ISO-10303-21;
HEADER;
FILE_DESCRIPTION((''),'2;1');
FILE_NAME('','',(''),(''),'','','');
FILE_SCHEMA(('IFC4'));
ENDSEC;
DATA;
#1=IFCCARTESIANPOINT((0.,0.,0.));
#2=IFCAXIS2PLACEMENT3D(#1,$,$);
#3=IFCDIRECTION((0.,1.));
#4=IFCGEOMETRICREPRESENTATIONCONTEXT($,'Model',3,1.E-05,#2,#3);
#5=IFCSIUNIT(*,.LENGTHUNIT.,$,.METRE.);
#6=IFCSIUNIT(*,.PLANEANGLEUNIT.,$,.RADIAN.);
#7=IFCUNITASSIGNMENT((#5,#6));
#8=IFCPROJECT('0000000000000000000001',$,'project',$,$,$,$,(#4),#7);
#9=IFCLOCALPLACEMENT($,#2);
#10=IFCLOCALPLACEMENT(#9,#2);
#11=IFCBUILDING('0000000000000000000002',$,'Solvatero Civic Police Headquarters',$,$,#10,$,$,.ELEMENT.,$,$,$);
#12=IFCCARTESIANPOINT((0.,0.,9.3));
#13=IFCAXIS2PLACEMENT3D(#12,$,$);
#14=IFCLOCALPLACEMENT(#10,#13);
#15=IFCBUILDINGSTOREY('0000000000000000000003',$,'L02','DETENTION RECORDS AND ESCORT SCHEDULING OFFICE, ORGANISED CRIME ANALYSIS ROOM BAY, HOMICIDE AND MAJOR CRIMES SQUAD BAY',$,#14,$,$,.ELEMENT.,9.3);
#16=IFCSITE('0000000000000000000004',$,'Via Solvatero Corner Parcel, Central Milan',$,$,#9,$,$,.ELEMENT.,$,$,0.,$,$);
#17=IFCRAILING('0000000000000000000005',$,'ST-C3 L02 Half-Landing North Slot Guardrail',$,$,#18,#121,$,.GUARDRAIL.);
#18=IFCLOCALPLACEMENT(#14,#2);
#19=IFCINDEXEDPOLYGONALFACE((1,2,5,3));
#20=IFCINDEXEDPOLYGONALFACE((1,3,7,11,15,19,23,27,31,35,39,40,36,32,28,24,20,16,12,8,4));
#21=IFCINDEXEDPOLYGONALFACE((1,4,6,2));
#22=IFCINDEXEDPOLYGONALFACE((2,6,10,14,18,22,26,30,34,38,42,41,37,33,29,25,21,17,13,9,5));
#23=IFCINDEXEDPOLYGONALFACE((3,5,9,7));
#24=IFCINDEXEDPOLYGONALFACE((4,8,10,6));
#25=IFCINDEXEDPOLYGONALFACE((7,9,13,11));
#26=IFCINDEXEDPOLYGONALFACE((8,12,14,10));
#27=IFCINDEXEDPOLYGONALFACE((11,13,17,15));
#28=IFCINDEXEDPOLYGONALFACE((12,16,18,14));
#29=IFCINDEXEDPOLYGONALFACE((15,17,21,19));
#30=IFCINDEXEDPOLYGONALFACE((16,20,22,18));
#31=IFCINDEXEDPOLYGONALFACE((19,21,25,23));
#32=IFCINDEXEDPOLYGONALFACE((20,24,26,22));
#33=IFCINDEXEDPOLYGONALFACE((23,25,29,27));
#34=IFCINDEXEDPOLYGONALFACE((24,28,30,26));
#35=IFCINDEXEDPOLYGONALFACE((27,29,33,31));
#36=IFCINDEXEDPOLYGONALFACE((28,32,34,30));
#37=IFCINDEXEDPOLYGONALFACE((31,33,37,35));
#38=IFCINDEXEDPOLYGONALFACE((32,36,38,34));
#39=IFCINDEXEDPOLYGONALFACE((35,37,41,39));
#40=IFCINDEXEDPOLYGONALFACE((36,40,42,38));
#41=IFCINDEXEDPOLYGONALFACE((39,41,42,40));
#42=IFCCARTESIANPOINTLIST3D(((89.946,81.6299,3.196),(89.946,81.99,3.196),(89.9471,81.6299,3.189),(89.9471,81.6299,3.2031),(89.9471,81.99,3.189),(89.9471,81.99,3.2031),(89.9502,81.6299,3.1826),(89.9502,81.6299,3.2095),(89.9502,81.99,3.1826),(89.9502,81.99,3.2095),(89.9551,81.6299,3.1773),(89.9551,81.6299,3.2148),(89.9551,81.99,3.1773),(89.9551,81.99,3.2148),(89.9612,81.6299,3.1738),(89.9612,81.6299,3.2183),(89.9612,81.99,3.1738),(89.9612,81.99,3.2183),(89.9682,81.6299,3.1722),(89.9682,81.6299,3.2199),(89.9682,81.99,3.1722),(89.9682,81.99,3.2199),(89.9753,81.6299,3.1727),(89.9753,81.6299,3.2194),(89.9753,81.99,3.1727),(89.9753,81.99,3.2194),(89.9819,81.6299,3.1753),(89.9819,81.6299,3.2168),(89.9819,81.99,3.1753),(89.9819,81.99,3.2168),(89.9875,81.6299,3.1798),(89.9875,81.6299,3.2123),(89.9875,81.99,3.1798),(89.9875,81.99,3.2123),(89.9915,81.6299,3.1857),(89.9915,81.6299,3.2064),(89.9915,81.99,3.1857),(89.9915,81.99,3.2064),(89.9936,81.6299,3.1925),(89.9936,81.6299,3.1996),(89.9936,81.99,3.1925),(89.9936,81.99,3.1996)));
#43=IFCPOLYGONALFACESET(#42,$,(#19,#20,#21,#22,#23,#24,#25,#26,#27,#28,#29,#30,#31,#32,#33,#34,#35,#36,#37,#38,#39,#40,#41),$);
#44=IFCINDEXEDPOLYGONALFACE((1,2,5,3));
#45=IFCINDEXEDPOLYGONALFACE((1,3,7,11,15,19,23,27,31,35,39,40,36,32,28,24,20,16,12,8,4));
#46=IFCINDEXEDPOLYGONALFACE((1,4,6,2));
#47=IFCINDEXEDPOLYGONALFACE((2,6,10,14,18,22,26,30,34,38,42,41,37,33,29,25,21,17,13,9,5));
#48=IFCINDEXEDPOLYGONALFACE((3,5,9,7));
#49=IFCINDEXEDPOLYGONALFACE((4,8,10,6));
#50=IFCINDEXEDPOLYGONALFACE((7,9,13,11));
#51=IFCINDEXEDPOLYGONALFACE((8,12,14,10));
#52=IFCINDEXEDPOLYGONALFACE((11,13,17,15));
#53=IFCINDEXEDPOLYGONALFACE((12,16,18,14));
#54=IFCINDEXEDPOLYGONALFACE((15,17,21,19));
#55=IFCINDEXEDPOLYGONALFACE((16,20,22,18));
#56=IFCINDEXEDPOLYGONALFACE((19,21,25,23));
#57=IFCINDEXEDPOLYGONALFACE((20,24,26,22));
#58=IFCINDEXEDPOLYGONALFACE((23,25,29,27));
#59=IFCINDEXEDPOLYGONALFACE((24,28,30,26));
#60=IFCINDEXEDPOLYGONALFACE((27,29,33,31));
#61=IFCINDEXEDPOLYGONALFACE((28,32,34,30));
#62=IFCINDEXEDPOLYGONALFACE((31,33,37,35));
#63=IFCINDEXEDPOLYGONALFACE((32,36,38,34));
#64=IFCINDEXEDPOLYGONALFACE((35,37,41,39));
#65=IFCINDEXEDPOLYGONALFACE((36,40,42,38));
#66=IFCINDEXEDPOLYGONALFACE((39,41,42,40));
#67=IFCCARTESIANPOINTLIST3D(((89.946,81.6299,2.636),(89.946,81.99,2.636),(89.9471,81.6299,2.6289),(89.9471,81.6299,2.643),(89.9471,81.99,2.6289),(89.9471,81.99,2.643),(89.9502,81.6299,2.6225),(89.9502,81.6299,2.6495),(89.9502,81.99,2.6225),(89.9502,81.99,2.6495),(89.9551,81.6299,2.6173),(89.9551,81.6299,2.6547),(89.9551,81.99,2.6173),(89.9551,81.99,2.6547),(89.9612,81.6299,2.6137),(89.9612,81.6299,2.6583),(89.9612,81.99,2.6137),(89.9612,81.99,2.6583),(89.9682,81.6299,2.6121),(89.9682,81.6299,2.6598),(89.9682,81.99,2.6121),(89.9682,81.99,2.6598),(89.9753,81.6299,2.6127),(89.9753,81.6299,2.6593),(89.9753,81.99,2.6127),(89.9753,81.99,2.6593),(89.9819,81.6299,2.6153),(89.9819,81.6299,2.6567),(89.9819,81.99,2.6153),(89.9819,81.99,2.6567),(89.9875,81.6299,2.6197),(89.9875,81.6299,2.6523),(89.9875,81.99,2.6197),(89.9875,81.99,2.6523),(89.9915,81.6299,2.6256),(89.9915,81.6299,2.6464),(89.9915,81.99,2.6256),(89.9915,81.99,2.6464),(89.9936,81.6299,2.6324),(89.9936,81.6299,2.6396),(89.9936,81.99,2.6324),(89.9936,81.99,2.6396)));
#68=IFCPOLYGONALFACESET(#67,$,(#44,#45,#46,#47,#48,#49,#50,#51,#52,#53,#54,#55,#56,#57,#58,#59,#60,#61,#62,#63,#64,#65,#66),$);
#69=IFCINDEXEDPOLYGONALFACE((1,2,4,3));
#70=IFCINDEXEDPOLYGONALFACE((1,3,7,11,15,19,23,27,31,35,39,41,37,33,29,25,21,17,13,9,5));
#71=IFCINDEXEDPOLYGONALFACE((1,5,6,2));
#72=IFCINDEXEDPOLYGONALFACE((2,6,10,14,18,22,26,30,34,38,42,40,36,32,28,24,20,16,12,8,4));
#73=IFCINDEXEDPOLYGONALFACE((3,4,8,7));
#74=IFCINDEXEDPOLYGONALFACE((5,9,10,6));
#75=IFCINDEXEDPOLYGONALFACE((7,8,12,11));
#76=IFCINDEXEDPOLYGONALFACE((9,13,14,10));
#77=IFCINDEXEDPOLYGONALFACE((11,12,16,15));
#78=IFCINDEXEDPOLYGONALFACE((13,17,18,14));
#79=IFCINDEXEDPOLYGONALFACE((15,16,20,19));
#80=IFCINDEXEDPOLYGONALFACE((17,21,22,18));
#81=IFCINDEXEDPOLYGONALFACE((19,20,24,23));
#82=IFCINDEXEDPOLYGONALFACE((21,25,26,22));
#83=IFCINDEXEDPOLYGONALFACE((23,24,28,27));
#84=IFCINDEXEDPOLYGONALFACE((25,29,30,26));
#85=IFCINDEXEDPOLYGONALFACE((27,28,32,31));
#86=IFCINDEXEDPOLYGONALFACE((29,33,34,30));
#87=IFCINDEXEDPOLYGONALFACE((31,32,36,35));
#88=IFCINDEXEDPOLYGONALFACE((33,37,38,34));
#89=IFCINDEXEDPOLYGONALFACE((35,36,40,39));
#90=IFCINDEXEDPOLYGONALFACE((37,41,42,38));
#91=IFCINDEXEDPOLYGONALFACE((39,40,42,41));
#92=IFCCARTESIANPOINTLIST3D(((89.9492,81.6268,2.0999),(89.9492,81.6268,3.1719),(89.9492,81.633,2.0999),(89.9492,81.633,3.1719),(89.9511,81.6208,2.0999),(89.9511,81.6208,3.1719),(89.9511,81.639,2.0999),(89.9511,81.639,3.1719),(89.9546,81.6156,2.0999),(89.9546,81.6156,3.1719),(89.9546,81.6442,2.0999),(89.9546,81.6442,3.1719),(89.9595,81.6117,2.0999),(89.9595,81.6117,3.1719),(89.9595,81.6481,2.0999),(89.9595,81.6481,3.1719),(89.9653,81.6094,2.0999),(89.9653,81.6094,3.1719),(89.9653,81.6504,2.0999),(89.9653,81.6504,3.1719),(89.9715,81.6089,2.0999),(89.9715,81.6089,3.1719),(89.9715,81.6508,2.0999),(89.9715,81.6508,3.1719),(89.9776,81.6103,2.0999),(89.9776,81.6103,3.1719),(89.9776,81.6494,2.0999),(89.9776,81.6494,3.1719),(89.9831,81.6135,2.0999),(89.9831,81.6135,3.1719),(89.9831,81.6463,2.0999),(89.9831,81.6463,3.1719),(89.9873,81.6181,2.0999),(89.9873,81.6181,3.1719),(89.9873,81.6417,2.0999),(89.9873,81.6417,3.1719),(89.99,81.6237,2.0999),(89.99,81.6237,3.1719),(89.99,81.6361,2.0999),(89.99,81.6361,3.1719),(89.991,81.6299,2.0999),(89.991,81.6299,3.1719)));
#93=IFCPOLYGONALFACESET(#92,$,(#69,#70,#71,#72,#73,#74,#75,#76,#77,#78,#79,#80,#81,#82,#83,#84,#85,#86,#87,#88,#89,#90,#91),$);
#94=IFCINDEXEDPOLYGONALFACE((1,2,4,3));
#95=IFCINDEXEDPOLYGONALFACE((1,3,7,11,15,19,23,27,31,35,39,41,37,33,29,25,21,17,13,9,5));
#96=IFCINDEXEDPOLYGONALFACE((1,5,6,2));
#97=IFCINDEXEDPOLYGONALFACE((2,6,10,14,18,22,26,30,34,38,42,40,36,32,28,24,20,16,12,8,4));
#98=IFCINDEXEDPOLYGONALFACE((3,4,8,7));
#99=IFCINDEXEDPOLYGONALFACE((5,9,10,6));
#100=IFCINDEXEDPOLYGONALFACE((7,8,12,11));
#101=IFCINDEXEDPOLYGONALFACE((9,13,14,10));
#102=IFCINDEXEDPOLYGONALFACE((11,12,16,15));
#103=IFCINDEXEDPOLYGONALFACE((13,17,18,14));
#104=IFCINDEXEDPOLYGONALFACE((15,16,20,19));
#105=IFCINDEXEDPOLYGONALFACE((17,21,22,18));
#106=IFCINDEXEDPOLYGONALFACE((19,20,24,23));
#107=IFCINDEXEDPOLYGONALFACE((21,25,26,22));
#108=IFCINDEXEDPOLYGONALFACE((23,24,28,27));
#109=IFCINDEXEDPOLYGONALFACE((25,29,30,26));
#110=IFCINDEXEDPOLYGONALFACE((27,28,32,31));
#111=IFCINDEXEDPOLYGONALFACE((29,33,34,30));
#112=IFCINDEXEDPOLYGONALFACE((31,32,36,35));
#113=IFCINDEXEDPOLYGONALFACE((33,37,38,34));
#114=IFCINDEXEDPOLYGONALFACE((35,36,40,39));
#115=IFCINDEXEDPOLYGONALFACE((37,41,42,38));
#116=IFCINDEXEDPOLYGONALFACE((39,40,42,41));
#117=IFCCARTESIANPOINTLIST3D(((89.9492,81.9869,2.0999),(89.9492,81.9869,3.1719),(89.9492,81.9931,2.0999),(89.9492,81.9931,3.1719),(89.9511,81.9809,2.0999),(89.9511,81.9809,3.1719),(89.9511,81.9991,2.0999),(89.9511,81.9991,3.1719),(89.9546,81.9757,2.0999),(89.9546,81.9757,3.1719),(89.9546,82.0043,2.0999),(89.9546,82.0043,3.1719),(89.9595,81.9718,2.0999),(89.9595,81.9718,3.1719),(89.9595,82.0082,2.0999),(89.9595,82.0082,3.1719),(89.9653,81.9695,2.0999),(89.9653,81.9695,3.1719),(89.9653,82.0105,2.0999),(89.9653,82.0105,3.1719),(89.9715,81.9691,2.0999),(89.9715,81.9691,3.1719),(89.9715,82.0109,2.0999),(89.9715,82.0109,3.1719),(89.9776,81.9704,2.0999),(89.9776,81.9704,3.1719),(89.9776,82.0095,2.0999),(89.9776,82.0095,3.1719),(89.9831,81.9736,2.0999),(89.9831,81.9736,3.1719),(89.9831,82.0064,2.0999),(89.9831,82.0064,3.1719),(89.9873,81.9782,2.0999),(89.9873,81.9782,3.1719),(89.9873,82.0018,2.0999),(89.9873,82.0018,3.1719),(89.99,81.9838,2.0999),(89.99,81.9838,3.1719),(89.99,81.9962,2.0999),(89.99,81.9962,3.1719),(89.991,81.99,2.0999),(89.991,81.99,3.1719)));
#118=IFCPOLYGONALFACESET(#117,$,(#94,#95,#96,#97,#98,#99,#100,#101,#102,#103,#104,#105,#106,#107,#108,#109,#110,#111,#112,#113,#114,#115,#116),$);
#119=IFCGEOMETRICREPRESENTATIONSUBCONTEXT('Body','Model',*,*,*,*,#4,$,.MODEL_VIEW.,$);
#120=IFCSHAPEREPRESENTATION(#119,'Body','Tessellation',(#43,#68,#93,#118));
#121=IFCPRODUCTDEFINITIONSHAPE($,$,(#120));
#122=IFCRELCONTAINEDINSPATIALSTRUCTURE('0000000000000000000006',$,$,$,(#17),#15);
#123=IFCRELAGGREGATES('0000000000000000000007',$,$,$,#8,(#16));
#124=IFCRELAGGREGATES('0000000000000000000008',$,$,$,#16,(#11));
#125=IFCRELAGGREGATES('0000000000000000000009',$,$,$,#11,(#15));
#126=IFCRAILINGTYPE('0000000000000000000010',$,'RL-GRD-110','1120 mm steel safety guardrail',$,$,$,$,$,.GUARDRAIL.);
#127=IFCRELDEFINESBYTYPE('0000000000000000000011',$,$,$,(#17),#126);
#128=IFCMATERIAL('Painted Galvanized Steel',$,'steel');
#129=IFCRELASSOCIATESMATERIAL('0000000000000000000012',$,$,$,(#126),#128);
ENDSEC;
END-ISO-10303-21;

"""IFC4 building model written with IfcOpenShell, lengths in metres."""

from ifc_helpers import new_model, si_unit, direction, frame, origin, origin_2d, place, context, subcontext, project, spatial, circle, extrude, material, type_object, element, save


model = new_model("IFC4")

# Units and contexts
model_context = context("Model", 3, precision=1e-05, world=origin(), true_north=direction((0.0, 1.0)))
body_context = subcontext(model_context, "Body", "Model", "MODEL_VIEW")
ifc_project = project(units=[si_unit("LENGTHUNIT", "METRE"), si_unit("PLANEANGLEUNIT", "RADIAN")], contexts=[model_context])

# Site, building, storey
site_placement = place(None, origin())
site = spatial("IfcSite", under=ifc_project, at=site_placement, Name="Via Solvatero Corner Parcel, Central Milan", CompositionType="ELEMENT", RefElevation=0.0)
building_placement = place(site_placement, origin())
building = spatial("IfcBuilding", under=site, at=building_placement, Name="Solvatero Civic Police Headquarters", CompositionType="ELEMENT")
storey_placement = place(building_placement, frame((0.0, 0.0, 9.3)))
storey = spatial("IfcBuildingStorey", under=building, at=storey_placement, Name="L02", Description="DETENTION RECORDS AND ESCORT SCHEDULING OFFICE, ORGANISED CRIME ANALYSIS ROOM BAY, HOMICIDE AND MAJOR CRIMES SQUAD BAY", CompositionType="ELEMENT", Elevation=9.3)

# Railing
ifc_material_1 = material(Name="Painted Galvanized Steel", Category="steel")
railing_type_1 = type_object("IfcRailingType", Name="RL-GRD-110", Description="1120 mm steel safety guardrail", PredefinedType="GUARDRAIL", material=ifc_material_1)
railing_1_placement = place(storey_placement, frame((89.97, 81.6299, 2.0999)))
element("IfcRailing", 1, at=railing_1_placement, inside=storey, type_object=railing_type_1, Name="ST-C3 L02 Half-Landing North Slot Guardrail", PredefinedType="GUARDRAIL", context=body_context, shape_type="SweptSolid", body=[
    extrude(circle(Radius=0.0239, at=origin_2d()), frame((0.0, 0.0, 1.0962), z_axis=(0.0, 1.0, 0.0), x_axis=(-1.0, 0.0, 0.0)), (0.0, 0.0, 1.0), 0.3601),
    extrude(circle(Radius=0.0239, at=origin_2d()), frame((0.0, 0.0, 0.5361), z_axis=(0.0, 1.0, 0.0), x_axis=(-1.0, 0.0, 0.0)), (0.0, 0.0, 1.0), 0.3601),
    extrude(circle(Radius=0.021, at=origin_2d()), origin(), (0.0, 0.0, 1.0), 1.072),
    extrude(circle(Radius=0.021, at=origin_2d()), frame((0.0, 0.3601, 0.0)), (0.0, 0.0, 1.0), 1.072),
])

save(model, "model.ifc")
